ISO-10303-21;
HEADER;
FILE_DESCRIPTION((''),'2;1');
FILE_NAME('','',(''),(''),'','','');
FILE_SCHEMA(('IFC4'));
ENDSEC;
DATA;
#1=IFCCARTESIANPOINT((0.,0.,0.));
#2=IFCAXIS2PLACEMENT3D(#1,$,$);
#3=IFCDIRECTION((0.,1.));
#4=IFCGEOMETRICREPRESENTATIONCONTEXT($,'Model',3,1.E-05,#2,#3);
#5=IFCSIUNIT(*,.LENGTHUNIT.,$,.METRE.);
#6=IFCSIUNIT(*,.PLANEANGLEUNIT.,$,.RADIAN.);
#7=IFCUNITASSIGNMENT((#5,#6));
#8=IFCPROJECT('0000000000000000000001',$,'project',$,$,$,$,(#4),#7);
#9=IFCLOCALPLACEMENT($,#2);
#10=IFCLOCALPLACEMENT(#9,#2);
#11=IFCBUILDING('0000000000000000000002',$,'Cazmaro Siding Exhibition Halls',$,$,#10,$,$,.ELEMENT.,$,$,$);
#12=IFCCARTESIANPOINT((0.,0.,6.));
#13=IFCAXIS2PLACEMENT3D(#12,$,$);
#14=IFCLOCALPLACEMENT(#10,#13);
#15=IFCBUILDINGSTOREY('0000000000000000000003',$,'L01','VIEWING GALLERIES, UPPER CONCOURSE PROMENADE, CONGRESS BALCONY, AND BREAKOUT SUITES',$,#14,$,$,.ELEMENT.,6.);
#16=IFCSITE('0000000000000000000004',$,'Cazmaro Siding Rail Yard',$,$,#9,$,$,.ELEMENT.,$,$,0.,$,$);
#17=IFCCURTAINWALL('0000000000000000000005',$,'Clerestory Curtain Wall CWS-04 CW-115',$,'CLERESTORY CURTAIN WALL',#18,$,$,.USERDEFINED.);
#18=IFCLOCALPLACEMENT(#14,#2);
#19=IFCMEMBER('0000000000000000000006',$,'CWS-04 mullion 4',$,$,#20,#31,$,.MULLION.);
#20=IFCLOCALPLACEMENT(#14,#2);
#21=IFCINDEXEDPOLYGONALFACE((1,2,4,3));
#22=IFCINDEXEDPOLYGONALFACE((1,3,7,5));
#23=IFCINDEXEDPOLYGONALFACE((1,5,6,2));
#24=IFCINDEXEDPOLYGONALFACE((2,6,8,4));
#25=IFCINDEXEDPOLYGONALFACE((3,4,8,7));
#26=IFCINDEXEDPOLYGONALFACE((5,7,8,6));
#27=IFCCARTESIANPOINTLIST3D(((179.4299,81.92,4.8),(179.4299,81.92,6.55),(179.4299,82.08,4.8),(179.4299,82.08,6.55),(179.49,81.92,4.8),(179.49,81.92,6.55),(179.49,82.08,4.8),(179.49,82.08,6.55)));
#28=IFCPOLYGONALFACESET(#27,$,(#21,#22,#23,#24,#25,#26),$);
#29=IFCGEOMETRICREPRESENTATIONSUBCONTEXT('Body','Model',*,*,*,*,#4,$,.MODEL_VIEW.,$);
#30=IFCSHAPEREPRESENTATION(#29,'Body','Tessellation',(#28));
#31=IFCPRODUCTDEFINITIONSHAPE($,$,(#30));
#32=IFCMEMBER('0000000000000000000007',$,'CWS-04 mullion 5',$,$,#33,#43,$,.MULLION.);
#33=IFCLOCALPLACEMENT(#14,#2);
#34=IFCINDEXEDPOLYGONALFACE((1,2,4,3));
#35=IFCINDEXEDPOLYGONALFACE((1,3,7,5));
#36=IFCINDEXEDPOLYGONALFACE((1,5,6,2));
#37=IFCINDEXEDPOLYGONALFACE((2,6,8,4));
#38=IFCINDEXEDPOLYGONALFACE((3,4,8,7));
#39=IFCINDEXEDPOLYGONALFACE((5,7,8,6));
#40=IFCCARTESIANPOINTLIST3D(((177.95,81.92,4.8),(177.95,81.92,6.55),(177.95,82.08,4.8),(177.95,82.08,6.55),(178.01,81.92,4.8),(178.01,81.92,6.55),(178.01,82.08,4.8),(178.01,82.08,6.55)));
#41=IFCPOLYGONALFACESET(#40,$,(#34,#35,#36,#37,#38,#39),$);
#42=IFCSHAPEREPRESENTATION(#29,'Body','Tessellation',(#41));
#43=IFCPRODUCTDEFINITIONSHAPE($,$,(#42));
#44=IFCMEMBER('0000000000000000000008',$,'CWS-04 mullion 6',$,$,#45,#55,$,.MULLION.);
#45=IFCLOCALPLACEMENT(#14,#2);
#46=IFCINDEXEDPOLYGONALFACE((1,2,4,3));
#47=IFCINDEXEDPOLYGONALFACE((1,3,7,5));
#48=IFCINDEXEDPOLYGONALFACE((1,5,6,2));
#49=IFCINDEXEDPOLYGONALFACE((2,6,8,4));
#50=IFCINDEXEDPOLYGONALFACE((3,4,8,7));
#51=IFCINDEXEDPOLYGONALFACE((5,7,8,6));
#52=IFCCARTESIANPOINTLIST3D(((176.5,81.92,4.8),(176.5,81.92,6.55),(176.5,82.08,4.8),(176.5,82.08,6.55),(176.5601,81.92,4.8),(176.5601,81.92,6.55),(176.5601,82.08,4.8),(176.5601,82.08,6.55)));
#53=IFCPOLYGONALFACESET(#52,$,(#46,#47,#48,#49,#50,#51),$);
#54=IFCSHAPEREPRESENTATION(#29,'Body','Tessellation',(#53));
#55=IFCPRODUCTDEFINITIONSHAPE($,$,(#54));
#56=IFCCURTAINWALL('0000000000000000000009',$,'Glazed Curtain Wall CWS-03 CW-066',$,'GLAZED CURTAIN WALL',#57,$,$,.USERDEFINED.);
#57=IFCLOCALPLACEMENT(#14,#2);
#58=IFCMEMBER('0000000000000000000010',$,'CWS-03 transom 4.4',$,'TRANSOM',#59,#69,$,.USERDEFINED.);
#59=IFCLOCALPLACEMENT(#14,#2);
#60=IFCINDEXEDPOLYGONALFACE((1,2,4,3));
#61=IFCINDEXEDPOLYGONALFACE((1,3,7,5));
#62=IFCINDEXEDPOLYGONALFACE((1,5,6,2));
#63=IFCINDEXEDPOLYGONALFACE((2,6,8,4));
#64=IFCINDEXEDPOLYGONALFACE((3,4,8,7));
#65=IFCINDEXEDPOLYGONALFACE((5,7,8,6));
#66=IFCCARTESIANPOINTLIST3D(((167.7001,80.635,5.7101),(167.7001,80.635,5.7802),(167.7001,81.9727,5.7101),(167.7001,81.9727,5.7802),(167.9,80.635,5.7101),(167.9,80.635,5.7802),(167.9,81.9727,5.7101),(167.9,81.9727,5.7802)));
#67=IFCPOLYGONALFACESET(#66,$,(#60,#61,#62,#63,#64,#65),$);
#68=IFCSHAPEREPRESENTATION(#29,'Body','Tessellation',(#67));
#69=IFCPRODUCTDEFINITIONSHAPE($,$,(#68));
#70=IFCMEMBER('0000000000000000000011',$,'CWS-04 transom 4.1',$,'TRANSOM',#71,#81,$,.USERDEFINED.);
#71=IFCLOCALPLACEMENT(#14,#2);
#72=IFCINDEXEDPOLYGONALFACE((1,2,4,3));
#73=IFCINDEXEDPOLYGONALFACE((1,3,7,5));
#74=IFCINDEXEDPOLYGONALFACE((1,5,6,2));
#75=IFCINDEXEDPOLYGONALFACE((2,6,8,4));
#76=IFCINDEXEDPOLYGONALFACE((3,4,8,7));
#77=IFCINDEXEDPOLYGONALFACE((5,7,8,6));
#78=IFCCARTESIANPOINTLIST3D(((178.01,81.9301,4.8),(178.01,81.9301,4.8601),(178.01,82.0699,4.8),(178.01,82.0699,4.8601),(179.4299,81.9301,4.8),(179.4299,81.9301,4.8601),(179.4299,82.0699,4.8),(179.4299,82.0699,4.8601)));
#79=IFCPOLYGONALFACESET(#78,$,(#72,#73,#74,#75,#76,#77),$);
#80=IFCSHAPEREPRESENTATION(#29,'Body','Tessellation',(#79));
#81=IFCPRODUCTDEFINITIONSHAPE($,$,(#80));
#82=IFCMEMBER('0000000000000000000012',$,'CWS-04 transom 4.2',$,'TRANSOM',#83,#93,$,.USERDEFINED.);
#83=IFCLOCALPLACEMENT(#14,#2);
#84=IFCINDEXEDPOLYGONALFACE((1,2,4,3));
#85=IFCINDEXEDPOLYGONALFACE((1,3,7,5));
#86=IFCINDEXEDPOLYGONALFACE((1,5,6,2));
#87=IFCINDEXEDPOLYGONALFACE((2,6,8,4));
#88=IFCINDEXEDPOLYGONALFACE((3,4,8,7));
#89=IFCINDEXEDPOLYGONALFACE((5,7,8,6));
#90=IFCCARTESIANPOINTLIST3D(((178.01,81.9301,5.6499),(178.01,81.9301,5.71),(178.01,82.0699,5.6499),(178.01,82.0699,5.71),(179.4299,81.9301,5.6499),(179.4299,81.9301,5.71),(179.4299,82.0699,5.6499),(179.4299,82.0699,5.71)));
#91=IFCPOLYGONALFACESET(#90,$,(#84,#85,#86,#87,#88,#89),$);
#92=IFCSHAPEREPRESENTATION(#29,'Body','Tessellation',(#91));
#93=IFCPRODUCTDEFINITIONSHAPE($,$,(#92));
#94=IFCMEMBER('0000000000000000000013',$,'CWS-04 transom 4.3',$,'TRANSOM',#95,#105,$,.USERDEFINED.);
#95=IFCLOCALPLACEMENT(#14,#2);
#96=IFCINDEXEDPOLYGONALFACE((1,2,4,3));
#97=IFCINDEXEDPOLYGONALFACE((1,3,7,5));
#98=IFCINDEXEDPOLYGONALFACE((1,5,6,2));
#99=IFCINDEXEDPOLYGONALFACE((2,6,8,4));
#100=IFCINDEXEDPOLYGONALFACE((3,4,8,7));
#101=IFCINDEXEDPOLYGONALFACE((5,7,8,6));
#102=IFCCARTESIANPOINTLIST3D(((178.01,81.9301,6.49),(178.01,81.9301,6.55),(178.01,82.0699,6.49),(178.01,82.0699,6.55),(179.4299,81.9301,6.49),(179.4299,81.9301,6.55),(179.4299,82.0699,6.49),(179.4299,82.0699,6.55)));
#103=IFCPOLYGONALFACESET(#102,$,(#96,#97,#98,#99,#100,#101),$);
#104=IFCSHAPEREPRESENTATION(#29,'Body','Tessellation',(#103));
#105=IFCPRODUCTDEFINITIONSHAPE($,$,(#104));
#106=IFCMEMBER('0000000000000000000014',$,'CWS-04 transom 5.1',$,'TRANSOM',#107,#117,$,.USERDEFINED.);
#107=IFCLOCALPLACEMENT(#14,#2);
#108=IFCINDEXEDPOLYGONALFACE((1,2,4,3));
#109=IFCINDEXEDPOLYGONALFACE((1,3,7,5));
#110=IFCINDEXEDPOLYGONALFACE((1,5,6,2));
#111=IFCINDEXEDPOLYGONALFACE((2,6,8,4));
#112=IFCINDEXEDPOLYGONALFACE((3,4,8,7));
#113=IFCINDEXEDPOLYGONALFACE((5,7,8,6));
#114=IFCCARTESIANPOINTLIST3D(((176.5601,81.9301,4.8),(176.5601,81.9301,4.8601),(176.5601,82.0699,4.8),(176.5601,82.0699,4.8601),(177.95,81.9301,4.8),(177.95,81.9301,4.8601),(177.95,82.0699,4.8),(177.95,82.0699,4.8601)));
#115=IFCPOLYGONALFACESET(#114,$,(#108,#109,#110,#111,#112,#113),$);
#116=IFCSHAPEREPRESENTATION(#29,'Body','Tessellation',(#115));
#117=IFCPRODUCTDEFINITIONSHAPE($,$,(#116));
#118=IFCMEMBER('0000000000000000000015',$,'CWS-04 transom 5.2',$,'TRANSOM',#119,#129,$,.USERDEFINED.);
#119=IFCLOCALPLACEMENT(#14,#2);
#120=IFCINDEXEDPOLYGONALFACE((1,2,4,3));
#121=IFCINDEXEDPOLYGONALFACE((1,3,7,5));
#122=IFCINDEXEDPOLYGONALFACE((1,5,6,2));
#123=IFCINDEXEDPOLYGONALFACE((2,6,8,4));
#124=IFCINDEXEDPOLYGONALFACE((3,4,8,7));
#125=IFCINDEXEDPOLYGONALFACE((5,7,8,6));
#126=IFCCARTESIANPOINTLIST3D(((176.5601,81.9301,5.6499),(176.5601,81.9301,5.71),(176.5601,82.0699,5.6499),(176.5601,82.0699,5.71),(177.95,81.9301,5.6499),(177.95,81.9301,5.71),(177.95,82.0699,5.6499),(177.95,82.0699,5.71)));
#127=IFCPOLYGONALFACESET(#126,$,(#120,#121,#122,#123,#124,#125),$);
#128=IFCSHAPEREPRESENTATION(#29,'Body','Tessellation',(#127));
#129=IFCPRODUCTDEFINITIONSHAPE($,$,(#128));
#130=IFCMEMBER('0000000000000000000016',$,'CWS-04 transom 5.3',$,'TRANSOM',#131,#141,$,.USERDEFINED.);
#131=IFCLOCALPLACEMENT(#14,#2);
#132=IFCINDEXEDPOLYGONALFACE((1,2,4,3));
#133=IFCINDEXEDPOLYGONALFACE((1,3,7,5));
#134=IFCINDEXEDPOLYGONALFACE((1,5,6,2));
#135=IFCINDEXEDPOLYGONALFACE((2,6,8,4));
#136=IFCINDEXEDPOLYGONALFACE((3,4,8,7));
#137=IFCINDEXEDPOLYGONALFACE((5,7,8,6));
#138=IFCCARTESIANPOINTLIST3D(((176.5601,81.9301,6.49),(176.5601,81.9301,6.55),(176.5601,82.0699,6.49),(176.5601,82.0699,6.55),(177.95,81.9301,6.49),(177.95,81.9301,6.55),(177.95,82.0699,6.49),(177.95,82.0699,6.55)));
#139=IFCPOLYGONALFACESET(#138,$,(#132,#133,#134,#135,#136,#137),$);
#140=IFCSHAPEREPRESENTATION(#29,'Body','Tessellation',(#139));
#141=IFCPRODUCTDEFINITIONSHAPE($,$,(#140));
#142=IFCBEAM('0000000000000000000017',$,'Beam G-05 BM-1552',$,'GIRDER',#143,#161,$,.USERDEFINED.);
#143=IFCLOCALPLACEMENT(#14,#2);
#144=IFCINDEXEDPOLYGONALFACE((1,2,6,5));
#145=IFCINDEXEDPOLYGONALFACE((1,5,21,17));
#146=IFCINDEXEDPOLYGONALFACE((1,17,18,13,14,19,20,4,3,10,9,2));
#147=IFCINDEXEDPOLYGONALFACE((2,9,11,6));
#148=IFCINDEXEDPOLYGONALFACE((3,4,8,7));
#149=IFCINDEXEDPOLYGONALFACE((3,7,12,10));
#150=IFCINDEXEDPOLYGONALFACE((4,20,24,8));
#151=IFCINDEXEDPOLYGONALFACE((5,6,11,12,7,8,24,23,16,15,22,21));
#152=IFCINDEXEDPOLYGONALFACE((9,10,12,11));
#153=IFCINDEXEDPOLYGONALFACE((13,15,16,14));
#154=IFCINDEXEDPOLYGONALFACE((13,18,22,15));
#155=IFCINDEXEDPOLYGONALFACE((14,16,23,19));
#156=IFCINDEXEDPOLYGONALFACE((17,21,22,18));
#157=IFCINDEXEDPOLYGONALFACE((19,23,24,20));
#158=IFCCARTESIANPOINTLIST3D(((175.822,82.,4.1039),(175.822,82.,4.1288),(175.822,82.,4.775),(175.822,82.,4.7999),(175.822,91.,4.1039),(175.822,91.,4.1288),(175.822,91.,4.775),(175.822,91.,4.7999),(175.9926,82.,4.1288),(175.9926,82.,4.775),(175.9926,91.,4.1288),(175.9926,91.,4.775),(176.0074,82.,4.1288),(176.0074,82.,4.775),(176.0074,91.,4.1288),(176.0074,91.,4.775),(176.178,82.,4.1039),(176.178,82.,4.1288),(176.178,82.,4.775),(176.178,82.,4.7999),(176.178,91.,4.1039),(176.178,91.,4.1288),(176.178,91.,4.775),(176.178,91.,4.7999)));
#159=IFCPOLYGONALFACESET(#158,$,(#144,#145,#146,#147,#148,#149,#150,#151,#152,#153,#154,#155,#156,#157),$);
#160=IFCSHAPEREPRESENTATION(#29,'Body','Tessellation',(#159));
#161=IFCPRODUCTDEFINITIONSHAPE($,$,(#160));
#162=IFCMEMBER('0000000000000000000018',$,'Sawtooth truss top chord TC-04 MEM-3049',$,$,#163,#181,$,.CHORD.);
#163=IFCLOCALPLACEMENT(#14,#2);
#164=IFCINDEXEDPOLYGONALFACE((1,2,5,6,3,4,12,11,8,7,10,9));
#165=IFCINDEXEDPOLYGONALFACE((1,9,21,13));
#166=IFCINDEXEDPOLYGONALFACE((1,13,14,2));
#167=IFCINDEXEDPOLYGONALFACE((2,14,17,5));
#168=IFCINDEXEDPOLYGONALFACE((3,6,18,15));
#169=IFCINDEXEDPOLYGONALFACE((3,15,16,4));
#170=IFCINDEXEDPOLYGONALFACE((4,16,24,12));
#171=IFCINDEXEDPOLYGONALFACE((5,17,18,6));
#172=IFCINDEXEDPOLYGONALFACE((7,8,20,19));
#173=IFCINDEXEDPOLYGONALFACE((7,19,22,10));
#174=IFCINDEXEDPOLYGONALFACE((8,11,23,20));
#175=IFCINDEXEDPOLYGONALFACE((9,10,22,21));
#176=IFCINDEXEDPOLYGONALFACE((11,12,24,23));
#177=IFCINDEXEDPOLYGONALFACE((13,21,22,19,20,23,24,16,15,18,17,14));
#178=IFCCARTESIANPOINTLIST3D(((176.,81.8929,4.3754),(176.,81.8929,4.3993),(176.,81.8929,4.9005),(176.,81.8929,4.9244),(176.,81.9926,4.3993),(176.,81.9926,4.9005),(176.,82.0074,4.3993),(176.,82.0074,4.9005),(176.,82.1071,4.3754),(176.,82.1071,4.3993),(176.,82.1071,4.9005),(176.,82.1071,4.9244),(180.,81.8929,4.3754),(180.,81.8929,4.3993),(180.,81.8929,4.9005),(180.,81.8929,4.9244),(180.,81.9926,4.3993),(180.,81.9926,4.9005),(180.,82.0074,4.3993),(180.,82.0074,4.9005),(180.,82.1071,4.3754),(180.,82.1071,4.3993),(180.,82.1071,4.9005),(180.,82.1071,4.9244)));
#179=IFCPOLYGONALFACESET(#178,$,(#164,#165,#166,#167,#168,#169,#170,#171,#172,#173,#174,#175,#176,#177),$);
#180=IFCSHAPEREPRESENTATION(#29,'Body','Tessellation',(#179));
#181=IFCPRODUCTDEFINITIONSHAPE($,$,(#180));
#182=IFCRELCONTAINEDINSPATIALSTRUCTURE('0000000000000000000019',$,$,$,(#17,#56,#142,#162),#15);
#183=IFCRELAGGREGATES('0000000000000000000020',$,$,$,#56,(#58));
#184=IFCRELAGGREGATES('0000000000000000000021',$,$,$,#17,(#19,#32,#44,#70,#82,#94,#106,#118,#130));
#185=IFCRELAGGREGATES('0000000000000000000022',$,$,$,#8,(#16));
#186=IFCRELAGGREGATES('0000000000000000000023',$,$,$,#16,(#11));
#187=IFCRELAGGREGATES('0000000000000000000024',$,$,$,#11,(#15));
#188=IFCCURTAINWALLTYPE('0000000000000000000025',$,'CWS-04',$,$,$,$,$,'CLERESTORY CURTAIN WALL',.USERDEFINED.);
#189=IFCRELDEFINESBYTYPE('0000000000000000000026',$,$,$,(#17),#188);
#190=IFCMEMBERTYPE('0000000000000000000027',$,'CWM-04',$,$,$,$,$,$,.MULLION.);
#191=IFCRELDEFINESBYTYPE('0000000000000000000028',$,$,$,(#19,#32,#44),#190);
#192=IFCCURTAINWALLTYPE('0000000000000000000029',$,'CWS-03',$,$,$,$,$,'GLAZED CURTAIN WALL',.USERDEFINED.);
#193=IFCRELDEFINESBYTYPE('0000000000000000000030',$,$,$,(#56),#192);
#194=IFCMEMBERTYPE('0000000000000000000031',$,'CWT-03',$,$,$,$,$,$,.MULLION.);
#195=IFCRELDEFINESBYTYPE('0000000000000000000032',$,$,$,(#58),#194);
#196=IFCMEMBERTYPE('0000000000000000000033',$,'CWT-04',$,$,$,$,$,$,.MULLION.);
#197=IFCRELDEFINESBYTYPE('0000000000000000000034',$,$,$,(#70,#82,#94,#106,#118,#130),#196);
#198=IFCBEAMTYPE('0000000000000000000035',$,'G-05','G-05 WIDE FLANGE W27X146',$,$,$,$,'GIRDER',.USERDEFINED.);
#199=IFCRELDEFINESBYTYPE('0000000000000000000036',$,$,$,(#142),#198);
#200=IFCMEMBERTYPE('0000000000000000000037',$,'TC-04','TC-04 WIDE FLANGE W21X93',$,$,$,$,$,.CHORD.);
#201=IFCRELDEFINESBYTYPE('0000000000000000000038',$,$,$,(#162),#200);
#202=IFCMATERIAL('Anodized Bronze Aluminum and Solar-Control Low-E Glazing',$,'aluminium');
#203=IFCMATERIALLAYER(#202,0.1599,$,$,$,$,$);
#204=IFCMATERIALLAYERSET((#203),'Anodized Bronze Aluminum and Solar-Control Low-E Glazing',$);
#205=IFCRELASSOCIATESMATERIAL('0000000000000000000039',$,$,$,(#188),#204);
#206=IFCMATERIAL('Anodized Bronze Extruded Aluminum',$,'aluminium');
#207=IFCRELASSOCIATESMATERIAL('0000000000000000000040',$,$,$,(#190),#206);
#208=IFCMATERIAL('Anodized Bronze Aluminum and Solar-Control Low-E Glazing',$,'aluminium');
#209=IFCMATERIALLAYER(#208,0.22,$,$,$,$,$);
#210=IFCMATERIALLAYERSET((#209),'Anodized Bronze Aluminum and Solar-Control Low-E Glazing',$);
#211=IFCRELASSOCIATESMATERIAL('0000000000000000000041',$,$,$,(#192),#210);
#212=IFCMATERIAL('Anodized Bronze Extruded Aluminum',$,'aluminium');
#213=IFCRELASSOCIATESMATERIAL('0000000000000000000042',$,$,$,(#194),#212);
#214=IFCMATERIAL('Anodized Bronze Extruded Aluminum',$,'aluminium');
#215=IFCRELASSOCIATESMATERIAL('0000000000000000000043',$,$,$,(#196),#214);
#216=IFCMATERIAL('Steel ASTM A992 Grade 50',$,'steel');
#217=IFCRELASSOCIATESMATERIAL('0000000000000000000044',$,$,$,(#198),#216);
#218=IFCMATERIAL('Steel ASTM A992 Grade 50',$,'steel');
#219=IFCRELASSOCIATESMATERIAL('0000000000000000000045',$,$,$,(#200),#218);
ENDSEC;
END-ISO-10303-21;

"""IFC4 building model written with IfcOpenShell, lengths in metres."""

from ifc_helpers import new_model, si_unit, direction, frame, origin, origin_2d, place, context, subcontext, project, spatial, rectangle, i_section, extrude, material, layer, layer_set, material_profile, profile_set, type_object, element, aggregate, save


model = new_model("IFC4")

# Units and contexts
model_context = context("Model", 3, precision=1e-05, world=origin(), true_north=direction((0.0, 1.0)))
body_context = subcontext(model_context, "Body", "Model", "MODEL_VIEW")
ifc_project = project(units=[si_unit("LENGTHUNIT", "METRE"), si_unit("PLANEANGLEUNIT", "RADIAN")], contexts=[model_context])

# Site, building, storey
site_placement = place(None, origin())
site = spatial("IfcSite", under=ifc_project, at=site_placement, Name="Cazmaro Siding Rail Yard", CompositionType="ELEMENT", RefElevation=0.0)
building_placement = place(site_placement, origin())
building = spatial("IfcBuilding", under=site, at=building_placement, Name="Cazmaro Siding Exhibition Halls", CompositionType="ELEMENT")
storey_placement = place(building_placement, frame((0.0, 0.0, 6.0)))
storey = spatial("IfcBuildingStorey", under=building, at=storey_placement, Name="L01", Description="VIEWING GALLERIES, UPPER CONCOURSE PROMENADE, CONGRESS BALCONY, AND BREAKOUT SUITES", CompositionType="ELEMENT", Elevation=6.0)

# Curtain wall, members
ifc_material_1 = material(Name="Anodized Bronze Aluminum and Solar-Control Low-E Glazing", Category="aluminium")
ifc_layer_1 = layer(ifc_material_1, 0.1599)
ifc_layer_set_1 = layer_set([ifc_layer_1], Name="Anodized Bronze Aluminum and Solar-Control Low-E Glazing")
curtain_wall_type_1 = type_object("IfcCurtainWallType", Name="CWS-04", ElementType="CLERESTORY CURTAIN WALL", PredefinedType="USERDEFINED", material=ifc_layer_set_1)
curtain_wall_1_placement = place(storey_placement, origin())
curtain_wall_1 = element("IfcCurtainWall", 1, at=curtain_wall_1_placement, inside=storey, type_object=curtain_wall_type_1, Name="Clerestory Curtain Wall CWS-04 CW-115", ObjectType="CLERESTORY CURTAIN WALL", PredefinedType="USERDEFINED")
ifc_material_2 = material(Name="Anodized Bronze Extruded Aluminum", Category="aluminium")
ifc_material_profile_1 = material_profile(ifc_material_2, rectangle(XDim=0.1599, YDim=0.0601, at=origin_2d()), Name="CWM-04")
ifc_profile_set_1 = profile_set([ifc_material_profile_1], Name="Anodized Bronze Extruded Aluminum")
member_type_1 = type_object("IfcMemberType", Name="CWM-04", PredefinedType="MULLION", material=ifc_profile_set_1)
member_1_placement = place(storey_placement, frame((179.46, 82.0, 4.8), z_axis=(0.0, 0.0, 1.0), x_axis=(0.0, -1.0, 0.0)))
member_1 = element("IfcMember", 2, at=member_1_placement, type_object=member_type_1, Name="CWS-04 mullion 4", PredefinedType="MULLION", context=body_context, shape_type="SweptSolid", body=[
    extrude(rectangle(XDim=0.1599, YDim=0.0601, at=origin_2d()), origin(), (0.0, 0.0, 1.0), 1.75),
])
member_2_placement = place(storey_placement, frame((177.98, 82.0, 4.8), z_axis=(0.0, 0.0, 1.0), x_axis=(0.0, -1.0, 0.0)))
member_2 = element("IfcMember", 3, at=member_2_placement, type_object=member_type_1, Name="CWS-04 mullion 5", PredefinedType="MULLION", context=body_context, shape_type="SweptSolid", body=[
    extrude(rectangle(XDim=0.1599, YDim=0.0601, at=origin_2d()), origin(), (0.0, 0.0, 1.0), 1.75),
])
member_3_placement = place(storey_placement, frame((176.53, 82.0, 4.8), z_axis=(0.0, 0.0, 1.0), x_axis=(0.0, -1.0, 0.0)))
member_3 = element("IfcMember", 4, at=member_3_placement, type_object=member_type_1, Name="CWS-04 mullion 6", PredefinedType="MULLION", context=body_context, shape_type="SweptSolid", body=[
    extrude(rectangle(XDim=0.1599, YDim=0.0601, at=origin_2d()), origin(), (0.0, 0.0, 1.0), 1.75),
])

# Curtain wall, member
ifc_material_3 = material(Name="Anodized Bronze Aluminum and Solar-Control Low-E Glazing", Category="aluminium")
ifc_layer_2 = layer(ifc_material_3, 0.22)
ifc_layer_set_2 = layer_set([ifc_layer_2], Name="Anodized Bronze Aluminum and Solar-Control Low-E Glazing")
curtain_wall_type_2 = type_object("IfcCurtainWallType", Name="CWS-03", ElementType="GLAZED CURTAIN WALL", PredefinedType="USERDEFINED", material=ifc_layer_set_2)
curtain_wall_2_placement = place(storey_placement, origin())
curtain_wall_2 = element("IfcCurtainWall", 5, at=curtain_wall_2_placement, inside=storey, type_object=curtain_wall_type_2, Name="Glazed Curtain Wall CWS-03 CW-066", ObjectType="GLAZED CURTAIN WALL", PredefinedType="USERDEFINED")
ifc_material_4 = material(Name="Anodized Bronze Extruded Aluminum", Category="aluminium")
ifc_material_profile_2 = material_profile(ifc_material_4, rectangle(XDim=0.2, YDim=0.0701, at=origin_2d()), Name="CWT-03")
ifc_profile_set_2 = profile_set([ifc_material_profile_2], Name="Anodized Bronze Extruded Aluminum")
member_type_2 = type_object("IfcMemberType", Name="CWT-03", PredefinedType="MULLION", material=ifc_profile_set_2)
member_4_placement = place(storey_placement, frame((167.8, 80.635, 5.7451), z_axis=(0.0, 1.0, 0.0), x_axis=(-1.0, 0.0, 0.0)))
member_4 = element("IfcMember", 6, at=member_4_placement, type_object=member_type_2, Name="CWS-03 transom 4.4", ObjectType="TRANSOM", PredefinedType="USERDEFINED", context=body_context, shape_type="SweptSolid", body=[
    extrude(rectangle(XDim=0.2, YDim=0.0701, at=origin_2d()), origin(), (0.0, 0.0, 1.0), 1.3376),
])
aggregate(curtain_wall_2, [member_4])

# Members
ifc_material_5 = material(Name="Anodized Bronze Extruded Aluminum", Category="aluminium")
ifc_material_profile_3 = material_profile(ifc_material_5, rectangle(XDim=0.1399, YDim=0.0601, at=origin_2d()), Name="CWT-04")
ifc_profile_set_3 = profile_set([ifc_material_profile_3], Name="Anodized Bronze Extruded Aluminum")
member_type_3 = type_object("IfcMemberType", Name="CWT-04", PredefinedType="MULLION", material=ifc_profile_set_3)
member_5_placement = place(storey_placement, frame((179.4299, 82.0, 4.8301), z_axis=(-1.0, 0.0, 0.0), x_axis=(0.0, -1.0, 0.0)))
member_5 = element("IfcMember", 7, at=member_5_placement, type_object=member_type_3, Name="CWS-04 transom 4.1", ObjectType="TRANSOM", PredefinedType="USERDEFINED", context=body_context, shape_type="SweptSolid", body=[
    extrude(rectangle(XDim=0.1399, YDim=0.0601, at=origin_2d()), origin(), (0.0, 0.0, 1.0), 1.4199),
])
member_6_placement = place(storey_placement, frame((179.4299, 82.0, 5.6799), z_axis=(-1.0, 0.0, 0.0), x_axis=(0.0, -1.0, 0.0)))
member_6 = element("IfcMember", 8, at=member_6_placement, type_object=member_type_3, Name="CWS-04 transom 4.2", ObjectType="TRANSOM", PredefinedType="USERDEFINED", context=body_context, shape_type="SweptSolid", body=[
    extrude(rectangle(XDim=0.1399, YDim=0.0601, at=origin_2d()), origin(), (0.0, 0.0, 1.0), 1.4199),
])
member_7_placement = place(storey_placement, frame((179.4299, 82.0, 6.52), z_axis=(-1.0, 0.0, 0.0), x_axis=(0.0, -1.0, 0.0)))
member_7 = element("IfcMember", 9, at=member_7_placement, type_object=member_type_3, Name="CWS-04 transom 4.3", ObjectType="TRANSOM", PredefinedType="USERDEFINED", context=body_context, shape_type="SweptSolid", body=[
    extrude(rectangle(XDim=0.1399, YDim=0.0601, at=origin_2d()), origin(), (0.0, 0.0, 1.0), 1.4199),
])
member_8_placement = place(storey_placement, frame((177.95, 82.0, 4.8301), z_axis=(-1.0, 0.0, 0.0), x_axis=(0.0, -1.0, 0.0)))
member_8 = element("IfcMember", 10, at=member_8_placement, type_object=member_type_3, Name="CWS-04 transom 5.1", ObjectType="TRANSOM", PredefinedType="USERDEFINED", context=body_context, shape_type="SweptSolid", body=[
    extrude(rectangle(XDim=0.1399, YDim=0.0601, at=origin_2d()), origin(), (0.0, 0.0, 1.0), 1.3899),
])
member_9_placement = place(storey_placement, frame((177.95, 82.0, 5.6799), z_axis=(-1.0, 0.0, 0.0), x_axis=(0.0, -1.0, 0.0)))
member_9 = element("IfcMember", 11, at=member_9_placement, type_object=member_type_3, Name="CWS-04 transom 5.2", ObjectType="TRANSOM", PredefinedType="USERDEFINED", context=body_context, shape_type="SweptSolid", body=[
    extrude(rectangle(XDim=0.1399, YDim=0.0601, at=origin_2d()), origin(), (0.0, 0.0, 1.0), 1.3899),
])
member_10_placement = place(storey_placement, frame((177.95, 82.0, 6.52), z_axis=(-1.0, 0.0, 0.0), x_axis=(0.0, -1.0, 0.0)))
member_10 = element("IfcMember", 12, at=member_10_placement, type_object=member_type_3, Name="CWS-04 transom 5.3", ObjectType="TRANSOM", PredefinedType="USERDEFINED", context=body_context, shape_type="SweptSolid", body=[
    extrude(rectangle(XDim=0.1399, YDim=0.0601, at=origin_2d()), origin(), (0.0, 0.0, 1.0), 1.3899),
])

# Beam
ifc_material_6 = material(Name="Steel ASTM A992 Grade 50", Category="steel")
ifc_material_profile_4 = material_profile(ifc_material_6, i_section(OverallWidth=0.356, OverallDepth=0.696, WebThickness=0.0149, FlangeThickness=0.0249, at=origin_2d()), Name="W27X146")
ifc_profile_set_4 = profile_set([ifc_material_profile_4], Name="Steel ASTM A992 Grade 50")
beam_type = type_object("IfcBeamType", Name="G-05", Description="G-05 WIDE FLANGE W27X146", ElementType="GIRDER", PredefinedType="USERDEFINED", material=ifc_profile_set_4)
beam_placement = place(storey_placement, frame((176.0, 82.0, 4.4519), z_axis=(0.0, 1.0, 0.0), x_axis=(-1.0, 0.0, 0.0)))
element("IfcBeam", 13, at=beam_placement, inside=storey, type_object=beam_type, Name="Beam G-05 BM-1552", ObjectType="GIRDER", PredefinedType="USERDEFINED", context=body_context, shape_type="SweptSolid", body=[
    extrude(i_section(OverallWidth=0.356, OverallDepth=0.696, WebThickness=0.0149, FlangeThickness=0.0249, at=origin_2d()), origin(), (0.0, 0.0, 1.0), 9.0),
])

# Member
ifc_material_7 = material(Name="Steel ASTM A992 Grade 50", Category="steel")
ifc_material_profile_5 = material_profile(ifc_material_7, i_section(OverallWidth=0.2141, OverallDepth=0.5491, WebThickness=0.0149, FlangeThickness=0.0239, at=origin_2d()), Name="W21X93")
ifc_profile_set_5 = profile_set([ifc_material_profile_5], Name="Steel ASTM A992 Grade 50")
member_type_4 = type_object("IfcMemberType", Name="TC-04", Description="TC-04 WIDE FLANGE W21X93", PredefinedType="CHORD", material=ifc_profile_set_5)
for number, where, z_axis, x_axis, name in (
    (14, (176.0, 82.0, 4.6499), (1.0, 0.0, 0.0), (0.0, 1.0, 0.0), "Sawtooth truss top chord TC-04 MEM-3049"),
):
    element("IfcMember", number, at=place(storey_placement, frame(where, z_axis=z_axis, x_axis=x_axis)), inside=storey, type_object=member_type_4, Name=name, PredefinedType="CHORD", context=body_context, shape_type="SweptSolid", body=[
        extrude(i_section(OverallWidth=0.2141, OverallDepth=0.5491, WebThickness=0.0149, FlangeThickness=0.0239, at=origin_2d()), origin(), (0.0, 0.0, 1.0), 4.0),
    ])

aggregate(curtain_wall_1, [member_1, member_2, member_3, member_5, member_6, member_7, member_8, member_9, member_10])

save(model, "model.ifc")
